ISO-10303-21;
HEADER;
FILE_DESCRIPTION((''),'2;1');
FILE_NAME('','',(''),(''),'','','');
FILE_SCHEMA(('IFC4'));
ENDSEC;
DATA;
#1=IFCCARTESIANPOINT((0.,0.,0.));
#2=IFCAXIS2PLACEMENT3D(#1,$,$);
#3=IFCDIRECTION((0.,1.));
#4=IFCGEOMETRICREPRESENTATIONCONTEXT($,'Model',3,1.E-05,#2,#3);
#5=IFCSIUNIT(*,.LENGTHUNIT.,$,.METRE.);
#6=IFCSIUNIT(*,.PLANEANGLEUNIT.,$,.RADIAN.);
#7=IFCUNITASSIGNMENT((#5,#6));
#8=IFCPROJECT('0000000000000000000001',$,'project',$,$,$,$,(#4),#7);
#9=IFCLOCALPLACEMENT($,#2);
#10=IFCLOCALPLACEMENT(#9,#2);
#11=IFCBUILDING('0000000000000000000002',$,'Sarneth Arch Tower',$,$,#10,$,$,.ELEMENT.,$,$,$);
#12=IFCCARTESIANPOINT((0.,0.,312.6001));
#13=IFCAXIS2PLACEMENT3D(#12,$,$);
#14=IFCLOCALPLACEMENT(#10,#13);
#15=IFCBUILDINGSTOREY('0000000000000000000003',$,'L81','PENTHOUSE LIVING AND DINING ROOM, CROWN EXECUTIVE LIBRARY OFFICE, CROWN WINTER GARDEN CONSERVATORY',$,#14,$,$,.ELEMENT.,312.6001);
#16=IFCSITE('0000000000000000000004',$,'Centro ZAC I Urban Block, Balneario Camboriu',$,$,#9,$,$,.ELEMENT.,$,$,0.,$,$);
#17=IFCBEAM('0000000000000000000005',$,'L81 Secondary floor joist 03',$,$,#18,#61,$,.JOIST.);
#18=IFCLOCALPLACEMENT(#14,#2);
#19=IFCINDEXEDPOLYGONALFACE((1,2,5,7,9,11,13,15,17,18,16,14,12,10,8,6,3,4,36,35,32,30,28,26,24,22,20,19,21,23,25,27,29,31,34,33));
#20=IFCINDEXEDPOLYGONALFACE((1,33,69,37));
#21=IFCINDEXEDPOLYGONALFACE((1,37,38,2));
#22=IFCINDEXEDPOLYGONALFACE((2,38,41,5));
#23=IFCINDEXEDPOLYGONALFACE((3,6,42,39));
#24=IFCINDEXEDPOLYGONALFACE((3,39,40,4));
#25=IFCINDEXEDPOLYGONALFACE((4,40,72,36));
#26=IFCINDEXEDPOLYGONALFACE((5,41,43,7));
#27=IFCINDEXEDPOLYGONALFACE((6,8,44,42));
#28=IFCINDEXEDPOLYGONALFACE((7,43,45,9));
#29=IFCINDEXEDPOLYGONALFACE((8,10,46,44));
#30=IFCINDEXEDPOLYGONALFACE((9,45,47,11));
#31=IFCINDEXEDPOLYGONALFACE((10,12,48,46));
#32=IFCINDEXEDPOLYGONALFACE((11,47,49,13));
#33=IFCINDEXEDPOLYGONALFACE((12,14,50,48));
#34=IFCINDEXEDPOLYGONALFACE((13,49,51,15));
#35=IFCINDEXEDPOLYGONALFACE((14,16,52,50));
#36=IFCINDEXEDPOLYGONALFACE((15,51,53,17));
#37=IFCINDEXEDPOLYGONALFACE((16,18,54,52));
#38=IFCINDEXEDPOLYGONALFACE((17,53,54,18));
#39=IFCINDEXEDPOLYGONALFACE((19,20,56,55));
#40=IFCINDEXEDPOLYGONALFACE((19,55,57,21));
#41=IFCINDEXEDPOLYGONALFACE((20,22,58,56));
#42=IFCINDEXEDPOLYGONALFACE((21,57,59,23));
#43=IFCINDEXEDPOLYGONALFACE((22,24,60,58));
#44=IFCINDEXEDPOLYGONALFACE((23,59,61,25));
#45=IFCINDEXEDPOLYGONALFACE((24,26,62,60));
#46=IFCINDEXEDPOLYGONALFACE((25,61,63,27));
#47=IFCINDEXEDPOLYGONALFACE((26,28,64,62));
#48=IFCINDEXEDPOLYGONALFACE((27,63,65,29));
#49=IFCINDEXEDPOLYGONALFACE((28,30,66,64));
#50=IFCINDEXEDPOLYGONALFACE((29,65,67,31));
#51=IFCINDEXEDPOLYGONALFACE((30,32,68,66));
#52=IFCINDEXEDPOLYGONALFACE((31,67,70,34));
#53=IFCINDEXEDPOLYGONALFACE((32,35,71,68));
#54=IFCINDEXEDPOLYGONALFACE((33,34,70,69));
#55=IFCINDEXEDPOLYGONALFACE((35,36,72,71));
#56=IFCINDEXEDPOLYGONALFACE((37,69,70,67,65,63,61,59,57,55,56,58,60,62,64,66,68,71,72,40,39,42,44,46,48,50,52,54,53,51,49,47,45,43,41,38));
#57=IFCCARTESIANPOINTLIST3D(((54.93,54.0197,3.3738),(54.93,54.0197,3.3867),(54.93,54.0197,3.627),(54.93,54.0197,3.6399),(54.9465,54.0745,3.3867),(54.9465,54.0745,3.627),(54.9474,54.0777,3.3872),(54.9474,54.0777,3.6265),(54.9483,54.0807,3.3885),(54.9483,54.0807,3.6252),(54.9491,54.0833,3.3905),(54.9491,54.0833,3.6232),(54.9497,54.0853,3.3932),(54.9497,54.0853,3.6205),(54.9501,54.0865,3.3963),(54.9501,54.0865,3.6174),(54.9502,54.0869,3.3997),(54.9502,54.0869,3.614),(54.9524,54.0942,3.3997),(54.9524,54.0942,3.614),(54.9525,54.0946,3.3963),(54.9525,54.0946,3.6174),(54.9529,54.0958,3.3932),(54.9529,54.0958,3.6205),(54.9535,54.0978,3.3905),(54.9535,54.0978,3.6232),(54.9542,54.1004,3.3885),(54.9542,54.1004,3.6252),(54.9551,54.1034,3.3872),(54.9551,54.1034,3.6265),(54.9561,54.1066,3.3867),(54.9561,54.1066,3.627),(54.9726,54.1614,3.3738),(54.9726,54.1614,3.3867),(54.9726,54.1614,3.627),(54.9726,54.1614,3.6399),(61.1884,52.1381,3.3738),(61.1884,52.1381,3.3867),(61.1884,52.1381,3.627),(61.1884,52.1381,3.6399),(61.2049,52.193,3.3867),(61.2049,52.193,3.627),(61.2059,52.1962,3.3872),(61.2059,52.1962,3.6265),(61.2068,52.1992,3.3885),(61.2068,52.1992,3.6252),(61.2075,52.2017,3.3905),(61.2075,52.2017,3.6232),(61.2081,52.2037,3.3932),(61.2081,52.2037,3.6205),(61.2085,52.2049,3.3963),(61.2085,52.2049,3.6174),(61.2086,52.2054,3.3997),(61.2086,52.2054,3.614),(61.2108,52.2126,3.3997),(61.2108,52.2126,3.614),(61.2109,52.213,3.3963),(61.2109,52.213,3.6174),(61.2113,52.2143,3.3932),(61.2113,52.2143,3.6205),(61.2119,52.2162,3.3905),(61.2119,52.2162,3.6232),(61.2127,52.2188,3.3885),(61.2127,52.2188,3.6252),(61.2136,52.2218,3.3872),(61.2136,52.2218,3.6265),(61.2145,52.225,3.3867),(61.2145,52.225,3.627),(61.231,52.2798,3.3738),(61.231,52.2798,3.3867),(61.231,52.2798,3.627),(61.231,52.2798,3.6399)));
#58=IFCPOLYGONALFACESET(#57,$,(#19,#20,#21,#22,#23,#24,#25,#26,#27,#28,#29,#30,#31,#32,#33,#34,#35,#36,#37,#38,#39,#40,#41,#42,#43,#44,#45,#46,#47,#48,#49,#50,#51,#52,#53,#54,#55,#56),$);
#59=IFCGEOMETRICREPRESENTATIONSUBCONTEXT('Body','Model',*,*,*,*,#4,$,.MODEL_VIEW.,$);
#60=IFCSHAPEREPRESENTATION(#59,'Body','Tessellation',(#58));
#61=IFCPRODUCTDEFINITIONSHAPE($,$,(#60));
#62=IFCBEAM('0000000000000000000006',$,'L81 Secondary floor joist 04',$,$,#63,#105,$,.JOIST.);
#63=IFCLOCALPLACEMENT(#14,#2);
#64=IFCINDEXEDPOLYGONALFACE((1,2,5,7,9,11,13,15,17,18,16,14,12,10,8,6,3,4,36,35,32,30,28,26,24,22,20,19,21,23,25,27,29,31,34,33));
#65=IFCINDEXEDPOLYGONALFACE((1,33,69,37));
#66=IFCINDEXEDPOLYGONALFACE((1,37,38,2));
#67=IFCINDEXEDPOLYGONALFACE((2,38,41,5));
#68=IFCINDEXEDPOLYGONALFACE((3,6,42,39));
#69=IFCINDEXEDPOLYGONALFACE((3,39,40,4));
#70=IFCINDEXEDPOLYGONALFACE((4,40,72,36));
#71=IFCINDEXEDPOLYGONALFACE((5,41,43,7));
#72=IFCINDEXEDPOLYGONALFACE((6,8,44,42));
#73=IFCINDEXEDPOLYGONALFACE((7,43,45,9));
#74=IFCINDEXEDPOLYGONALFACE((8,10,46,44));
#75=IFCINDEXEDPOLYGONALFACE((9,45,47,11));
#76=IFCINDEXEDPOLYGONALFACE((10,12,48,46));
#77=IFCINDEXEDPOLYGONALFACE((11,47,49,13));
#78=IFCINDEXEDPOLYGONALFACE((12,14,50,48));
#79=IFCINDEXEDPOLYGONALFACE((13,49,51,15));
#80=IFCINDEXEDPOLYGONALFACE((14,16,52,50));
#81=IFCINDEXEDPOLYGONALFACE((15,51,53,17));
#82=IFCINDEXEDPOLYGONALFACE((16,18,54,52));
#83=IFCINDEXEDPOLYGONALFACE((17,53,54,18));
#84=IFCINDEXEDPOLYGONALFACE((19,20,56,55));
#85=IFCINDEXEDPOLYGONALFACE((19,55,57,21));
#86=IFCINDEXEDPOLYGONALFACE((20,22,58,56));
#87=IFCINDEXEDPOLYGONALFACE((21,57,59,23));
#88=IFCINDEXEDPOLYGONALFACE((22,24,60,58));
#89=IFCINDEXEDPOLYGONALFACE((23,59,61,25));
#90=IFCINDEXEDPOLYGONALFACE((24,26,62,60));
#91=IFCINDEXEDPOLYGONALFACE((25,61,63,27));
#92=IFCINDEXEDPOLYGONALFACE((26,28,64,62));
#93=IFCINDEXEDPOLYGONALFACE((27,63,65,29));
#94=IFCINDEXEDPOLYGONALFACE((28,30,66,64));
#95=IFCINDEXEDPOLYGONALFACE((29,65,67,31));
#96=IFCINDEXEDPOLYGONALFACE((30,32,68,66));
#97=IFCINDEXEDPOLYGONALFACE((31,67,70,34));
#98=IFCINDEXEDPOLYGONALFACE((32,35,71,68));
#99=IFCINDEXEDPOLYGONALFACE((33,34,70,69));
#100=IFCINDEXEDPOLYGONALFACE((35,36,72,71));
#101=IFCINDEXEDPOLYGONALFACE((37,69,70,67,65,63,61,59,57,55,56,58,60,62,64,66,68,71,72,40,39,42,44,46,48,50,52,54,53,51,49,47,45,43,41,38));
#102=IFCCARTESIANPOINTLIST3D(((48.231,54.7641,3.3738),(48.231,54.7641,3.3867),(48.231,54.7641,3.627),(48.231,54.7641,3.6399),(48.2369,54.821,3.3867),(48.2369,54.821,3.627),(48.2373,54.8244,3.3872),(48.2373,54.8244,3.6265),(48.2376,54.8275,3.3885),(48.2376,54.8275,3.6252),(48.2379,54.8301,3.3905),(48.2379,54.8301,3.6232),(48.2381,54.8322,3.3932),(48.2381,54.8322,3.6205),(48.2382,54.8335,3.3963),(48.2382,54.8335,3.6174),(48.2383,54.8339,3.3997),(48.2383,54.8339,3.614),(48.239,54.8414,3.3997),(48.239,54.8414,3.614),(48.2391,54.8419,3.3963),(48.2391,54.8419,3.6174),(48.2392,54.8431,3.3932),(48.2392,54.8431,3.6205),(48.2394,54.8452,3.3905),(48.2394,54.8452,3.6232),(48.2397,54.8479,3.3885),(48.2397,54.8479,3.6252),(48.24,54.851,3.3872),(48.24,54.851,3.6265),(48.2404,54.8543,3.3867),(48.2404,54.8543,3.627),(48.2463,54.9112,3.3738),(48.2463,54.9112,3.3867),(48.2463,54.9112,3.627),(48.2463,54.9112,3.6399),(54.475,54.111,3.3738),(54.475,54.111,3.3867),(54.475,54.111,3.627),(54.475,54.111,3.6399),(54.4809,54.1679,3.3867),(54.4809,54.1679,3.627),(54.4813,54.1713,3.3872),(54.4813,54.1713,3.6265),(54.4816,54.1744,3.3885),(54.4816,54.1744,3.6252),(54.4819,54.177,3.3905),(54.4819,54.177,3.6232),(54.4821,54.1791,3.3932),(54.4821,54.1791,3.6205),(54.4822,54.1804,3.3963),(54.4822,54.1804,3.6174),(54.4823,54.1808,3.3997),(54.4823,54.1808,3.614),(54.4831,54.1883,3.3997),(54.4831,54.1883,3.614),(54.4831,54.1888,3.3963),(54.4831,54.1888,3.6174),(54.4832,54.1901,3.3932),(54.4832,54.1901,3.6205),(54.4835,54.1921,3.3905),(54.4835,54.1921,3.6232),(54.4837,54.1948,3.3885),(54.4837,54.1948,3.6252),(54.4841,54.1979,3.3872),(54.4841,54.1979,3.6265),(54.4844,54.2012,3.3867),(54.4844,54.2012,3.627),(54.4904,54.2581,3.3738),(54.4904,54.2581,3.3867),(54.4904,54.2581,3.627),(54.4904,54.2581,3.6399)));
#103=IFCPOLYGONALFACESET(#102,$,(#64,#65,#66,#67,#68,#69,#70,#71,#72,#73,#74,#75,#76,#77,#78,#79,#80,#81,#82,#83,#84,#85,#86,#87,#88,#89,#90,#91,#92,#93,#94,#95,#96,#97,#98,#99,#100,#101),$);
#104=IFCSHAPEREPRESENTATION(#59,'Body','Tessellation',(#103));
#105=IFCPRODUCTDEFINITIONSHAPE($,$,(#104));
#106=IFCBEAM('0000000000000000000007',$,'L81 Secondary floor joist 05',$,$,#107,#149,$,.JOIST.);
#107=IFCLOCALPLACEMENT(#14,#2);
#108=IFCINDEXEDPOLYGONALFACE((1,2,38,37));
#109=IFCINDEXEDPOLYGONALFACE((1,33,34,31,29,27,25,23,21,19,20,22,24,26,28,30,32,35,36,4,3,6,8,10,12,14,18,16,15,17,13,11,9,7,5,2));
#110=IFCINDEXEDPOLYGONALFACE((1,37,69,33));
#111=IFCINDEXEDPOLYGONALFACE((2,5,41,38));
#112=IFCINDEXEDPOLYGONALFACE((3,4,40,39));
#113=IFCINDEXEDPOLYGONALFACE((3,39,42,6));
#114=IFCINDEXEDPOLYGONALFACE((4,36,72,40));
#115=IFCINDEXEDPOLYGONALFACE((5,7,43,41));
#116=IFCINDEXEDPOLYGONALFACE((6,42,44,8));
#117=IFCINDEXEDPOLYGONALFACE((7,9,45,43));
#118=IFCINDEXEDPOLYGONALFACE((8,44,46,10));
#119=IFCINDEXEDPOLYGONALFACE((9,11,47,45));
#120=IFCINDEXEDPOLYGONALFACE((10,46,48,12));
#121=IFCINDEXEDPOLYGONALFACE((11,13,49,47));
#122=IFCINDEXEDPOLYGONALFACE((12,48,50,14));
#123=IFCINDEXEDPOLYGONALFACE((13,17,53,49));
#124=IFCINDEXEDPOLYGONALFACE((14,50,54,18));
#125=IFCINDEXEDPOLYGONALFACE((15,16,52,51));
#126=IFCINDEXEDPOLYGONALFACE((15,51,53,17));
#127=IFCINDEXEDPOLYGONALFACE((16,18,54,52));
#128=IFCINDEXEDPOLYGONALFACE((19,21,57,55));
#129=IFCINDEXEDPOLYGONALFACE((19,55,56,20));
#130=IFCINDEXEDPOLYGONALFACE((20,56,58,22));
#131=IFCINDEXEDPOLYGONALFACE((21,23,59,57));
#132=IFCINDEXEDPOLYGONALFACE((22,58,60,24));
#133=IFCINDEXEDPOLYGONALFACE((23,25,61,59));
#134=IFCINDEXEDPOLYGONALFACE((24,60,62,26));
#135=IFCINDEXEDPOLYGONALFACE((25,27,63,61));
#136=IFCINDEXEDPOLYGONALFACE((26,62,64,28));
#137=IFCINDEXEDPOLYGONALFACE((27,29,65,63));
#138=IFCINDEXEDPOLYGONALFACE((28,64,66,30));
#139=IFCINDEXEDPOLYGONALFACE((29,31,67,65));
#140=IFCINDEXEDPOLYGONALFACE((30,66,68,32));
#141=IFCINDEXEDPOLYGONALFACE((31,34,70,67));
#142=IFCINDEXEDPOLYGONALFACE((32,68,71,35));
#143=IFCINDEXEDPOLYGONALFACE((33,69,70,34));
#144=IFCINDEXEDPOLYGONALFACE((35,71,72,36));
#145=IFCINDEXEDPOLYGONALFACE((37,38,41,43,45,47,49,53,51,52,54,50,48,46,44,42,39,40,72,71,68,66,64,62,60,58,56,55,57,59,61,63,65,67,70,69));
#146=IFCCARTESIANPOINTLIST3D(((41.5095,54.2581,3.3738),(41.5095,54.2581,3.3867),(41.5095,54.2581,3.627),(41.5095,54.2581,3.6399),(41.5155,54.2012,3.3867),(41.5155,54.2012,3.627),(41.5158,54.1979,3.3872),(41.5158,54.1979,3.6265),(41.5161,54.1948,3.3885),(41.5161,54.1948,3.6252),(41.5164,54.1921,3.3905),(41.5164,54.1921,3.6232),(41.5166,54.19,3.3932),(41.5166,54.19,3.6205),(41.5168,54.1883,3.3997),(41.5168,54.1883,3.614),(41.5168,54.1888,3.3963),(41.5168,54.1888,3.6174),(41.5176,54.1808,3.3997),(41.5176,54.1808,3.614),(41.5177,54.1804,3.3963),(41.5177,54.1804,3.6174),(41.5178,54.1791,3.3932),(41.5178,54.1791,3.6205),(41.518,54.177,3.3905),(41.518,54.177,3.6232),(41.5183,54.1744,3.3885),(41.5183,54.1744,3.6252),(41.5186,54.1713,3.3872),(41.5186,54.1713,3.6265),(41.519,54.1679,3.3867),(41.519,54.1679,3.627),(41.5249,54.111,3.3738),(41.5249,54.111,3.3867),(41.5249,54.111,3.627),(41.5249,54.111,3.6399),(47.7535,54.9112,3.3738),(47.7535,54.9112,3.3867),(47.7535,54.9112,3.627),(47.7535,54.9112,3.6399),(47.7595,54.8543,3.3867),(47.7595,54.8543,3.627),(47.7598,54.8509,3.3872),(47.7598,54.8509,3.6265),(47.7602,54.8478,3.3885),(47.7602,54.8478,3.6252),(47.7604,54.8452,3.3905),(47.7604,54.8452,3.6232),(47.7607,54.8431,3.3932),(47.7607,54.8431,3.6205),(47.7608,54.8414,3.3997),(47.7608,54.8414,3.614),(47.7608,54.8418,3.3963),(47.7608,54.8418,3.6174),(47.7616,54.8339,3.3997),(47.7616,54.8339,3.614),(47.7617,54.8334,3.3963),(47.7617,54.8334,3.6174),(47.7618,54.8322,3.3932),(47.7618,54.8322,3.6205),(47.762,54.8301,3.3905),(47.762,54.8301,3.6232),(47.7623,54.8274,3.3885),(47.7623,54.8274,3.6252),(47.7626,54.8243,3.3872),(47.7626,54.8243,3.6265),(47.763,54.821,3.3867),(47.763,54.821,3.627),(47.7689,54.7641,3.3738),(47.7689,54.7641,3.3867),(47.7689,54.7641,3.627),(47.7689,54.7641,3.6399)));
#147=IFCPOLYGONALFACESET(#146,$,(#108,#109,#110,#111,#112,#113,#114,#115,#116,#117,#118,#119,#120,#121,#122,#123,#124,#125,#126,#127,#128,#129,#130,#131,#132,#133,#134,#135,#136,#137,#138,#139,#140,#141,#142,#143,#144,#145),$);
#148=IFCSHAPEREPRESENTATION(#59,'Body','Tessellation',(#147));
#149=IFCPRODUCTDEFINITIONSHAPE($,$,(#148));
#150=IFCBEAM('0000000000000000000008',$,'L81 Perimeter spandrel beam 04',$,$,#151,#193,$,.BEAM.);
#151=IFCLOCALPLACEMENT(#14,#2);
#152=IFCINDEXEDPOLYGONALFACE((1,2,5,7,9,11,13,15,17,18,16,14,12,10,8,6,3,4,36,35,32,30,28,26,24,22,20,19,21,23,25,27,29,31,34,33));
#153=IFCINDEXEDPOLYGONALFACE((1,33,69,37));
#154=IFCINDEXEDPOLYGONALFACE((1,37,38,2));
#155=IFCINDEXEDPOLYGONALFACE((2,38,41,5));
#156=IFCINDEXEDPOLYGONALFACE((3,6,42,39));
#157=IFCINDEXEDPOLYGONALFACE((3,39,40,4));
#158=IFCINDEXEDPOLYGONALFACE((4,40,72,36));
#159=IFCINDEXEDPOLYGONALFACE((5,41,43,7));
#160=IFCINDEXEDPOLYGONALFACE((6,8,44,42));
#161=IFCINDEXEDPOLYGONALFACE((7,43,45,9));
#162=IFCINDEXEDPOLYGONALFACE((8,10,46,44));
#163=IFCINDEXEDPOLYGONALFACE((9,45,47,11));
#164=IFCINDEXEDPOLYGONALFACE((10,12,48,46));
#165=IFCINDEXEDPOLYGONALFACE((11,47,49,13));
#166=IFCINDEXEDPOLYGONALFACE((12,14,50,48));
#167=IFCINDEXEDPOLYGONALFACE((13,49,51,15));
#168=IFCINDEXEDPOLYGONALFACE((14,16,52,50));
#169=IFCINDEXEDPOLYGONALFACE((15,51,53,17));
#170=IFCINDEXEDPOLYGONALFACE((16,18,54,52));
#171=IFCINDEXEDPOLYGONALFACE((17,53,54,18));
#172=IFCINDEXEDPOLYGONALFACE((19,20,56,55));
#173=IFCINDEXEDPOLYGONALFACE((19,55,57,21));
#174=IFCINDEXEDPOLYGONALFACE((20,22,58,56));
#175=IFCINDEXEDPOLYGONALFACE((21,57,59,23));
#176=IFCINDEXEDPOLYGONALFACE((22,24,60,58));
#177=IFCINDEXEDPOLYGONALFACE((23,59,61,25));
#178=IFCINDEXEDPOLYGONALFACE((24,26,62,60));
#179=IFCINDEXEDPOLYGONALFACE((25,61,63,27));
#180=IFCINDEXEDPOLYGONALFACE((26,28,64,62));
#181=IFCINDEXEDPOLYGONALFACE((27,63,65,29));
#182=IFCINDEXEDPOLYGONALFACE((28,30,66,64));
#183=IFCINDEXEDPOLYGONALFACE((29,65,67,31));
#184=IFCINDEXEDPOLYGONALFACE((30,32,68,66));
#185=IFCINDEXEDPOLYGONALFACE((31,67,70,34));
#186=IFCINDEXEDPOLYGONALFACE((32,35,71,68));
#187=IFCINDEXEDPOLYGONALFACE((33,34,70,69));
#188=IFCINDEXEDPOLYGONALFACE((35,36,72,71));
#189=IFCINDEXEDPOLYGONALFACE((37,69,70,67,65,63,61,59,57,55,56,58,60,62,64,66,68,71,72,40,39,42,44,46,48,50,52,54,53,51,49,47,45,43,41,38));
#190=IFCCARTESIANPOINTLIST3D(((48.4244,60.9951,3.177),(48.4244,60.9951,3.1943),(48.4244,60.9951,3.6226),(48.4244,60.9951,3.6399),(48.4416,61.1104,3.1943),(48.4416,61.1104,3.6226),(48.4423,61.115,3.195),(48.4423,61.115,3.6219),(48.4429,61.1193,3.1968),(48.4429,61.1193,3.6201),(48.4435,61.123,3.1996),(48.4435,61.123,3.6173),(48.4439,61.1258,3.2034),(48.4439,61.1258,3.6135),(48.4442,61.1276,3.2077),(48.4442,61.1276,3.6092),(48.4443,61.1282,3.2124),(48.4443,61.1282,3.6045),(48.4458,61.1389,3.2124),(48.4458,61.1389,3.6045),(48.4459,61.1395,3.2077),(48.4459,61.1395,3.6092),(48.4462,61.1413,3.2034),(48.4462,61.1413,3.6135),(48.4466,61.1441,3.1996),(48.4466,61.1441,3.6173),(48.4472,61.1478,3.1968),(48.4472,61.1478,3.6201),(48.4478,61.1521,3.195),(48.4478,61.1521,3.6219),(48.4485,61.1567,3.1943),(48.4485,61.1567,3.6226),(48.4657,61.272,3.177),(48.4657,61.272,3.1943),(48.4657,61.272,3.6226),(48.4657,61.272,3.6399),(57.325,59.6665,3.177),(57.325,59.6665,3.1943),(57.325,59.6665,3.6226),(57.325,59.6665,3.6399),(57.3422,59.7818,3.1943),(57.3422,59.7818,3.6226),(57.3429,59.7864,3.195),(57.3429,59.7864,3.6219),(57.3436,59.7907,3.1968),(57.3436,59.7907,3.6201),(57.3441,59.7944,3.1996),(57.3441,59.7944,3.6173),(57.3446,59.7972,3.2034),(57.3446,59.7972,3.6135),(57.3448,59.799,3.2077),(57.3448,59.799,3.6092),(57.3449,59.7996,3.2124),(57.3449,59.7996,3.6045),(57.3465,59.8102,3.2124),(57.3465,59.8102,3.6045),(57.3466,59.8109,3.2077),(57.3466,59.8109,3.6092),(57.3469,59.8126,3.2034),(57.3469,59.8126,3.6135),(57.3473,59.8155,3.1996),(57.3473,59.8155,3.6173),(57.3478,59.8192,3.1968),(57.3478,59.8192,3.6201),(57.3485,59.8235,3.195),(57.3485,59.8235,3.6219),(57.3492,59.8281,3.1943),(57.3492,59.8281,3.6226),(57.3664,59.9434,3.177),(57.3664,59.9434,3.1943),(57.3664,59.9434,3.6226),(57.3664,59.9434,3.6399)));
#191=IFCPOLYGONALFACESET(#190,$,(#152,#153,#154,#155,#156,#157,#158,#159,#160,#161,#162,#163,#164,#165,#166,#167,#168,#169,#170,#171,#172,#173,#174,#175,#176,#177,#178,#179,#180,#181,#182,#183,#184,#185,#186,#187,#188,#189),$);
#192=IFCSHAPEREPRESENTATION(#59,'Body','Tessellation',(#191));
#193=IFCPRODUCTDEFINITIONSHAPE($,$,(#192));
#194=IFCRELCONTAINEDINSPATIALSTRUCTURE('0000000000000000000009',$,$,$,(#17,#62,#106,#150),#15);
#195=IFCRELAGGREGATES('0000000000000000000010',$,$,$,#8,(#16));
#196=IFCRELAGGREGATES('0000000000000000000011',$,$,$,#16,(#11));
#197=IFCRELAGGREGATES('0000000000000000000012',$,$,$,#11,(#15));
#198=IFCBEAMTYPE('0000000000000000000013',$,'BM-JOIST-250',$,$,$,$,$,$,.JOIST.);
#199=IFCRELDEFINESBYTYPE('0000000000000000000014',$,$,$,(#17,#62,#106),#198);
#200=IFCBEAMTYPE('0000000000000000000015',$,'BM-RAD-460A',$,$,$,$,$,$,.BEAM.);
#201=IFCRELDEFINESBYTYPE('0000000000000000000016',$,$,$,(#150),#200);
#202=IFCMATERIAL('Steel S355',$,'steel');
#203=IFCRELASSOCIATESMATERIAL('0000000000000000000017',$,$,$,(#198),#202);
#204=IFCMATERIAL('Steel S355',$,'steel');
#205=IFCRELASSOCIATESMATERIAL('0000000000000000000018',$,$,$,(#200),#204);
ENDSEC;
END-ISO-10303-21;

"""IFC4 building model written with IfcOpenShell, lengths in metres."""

from ifc_helpers import new_model, si_unit, direction, frame, origin, origin_2d, place, context, subcontext, project, spatial, i_section, extrude, material, material_profile, profile_set, type_object, element, save


model = new_model("IFC4")

# Units and contexts
model_context = context("Model", 3, precision=1e-05, world=origin(), true_north=direction((0.0, 1.0)))
body_context = subcontext(model_context, "Body", "Model", "MODEL_VIEW")
ifc_project = project(units=[si_unit("LENGTHUNIT", "METRE"), si_unit("PLANEANGLEUNIT", "RADIAN")], contexts=[model_context])

# Site, building, storey
site_placement = place(None, origin())
site = spatial("IfcSite", under=ifc_project, at=site_placement, Name="Centro ZAC I Urban Block, Balneario Camboriu", CompositionType="ELEMENT", RefElevation=0.0)
building_placement = place(site_placement, origin())
building = spatial("IfcBuilding", under=site, at=building_placement, Name="Sarneth Arch Tower", CompositionType="ELEMENT")
storey_placement = place(building_placement, frame((0.0, 0.0, 312.6001)))
storey = spatial("IfcBuildingStorey", under=building, at=storey_placement, Name="L81", Description="PENTHOUSE LIVING AND DINING ROOM, CROWN EXECUTIVE LIBRARY OFFICE, CROWN WINTER GARDEN CONSERVATORY", CompositionType="ELEMENT", Elevation=312.6001)

# Beams
ifc_material_1 = material(Name="Steel S355", Category="steel")
ifc_material_profile_1 = material_profile(ifc_material_1, i_section(OverallWidth=0.1479, OverallDepth=0.2661, WebThickness=0.0076, FlangeThickness=0.0129, FilletRadius=0.0129, at=origin_2d()), Name="W250x44.8")
ifc_profile_set_1 = profile_set([ifc_material_profile_1], Name="Steel S355")
beam_type_1 = type_object("IfcBeamType", Name="BM-JOIST-250", PredefinedType="JOIST", material=ifc_profile_set_1)
beam_1_placement = place(storey_placement, frame((61.2097, 52.209, 3.5068), z_axis=(-0.957656, 0.287913, 0.0), x_axis=(-0.287913, -0.957656, 0.0)))
element("IfcBeam", 1, at=beam_1_placement, inside=storey, type_object=beam_type_1, Name="L81 Secondary floor joist 03", PredefinedType="JOIST", context=body_context, shape_type="SweptSolid", body=[
    extrude(i_section(OverallWidth=0.1479, OverallDepth=0.2661, WebThickness=0.0076, FlangeThickness=0.0129, FilletRadius=0.0129, at=origin_2d()), origin(), (0.0, 0.0, 1.0), 6.5352),
])
for number, where, z_axis, x_axis, name in (
    (2, (54.4827, 54.1846, 3.5068), (-0.994574, 0.104027, 0.0), (-0.104027, -0.994574, 0.0), "L81 Secondary floor joist 04"),
    (3, (47.7612, 54.8376, 3.5068), (-0.994574, -0.104027, 0.0), (0.104027, -0.994574, 0.0), "L81 Secondary floor joist 05"),
):
    element("IfcBeam", number, at=place(storey_placement, frame(where, z_axis=z_axis, x_axis=x_axis)), inside=storey, type_object=beam_type_1, Name=name, PredefinedType="JOIST", context=body_context, shape_type="SweptSolid", body=[
        extrude(i_section(OverallWidth=0.1479, OverallDepth=0.2661, WebThickness=0.0076, FlangeThickness=0.0129, FilletRadius=0.0129, at=origin_2d()), origin(), (0.0, 0.0, 1.0), 6.2781),
    ])
ifc_material_2 = material(Name="Steel S355", Category="steel")
ifc_material_profile_2 = material_profile(ifc_material_2, i_section(OverallWidth=0.28, OverallDepth=0.4629, WebThickness=0.0107, FlangeThickness=0.0173, FilletRadius=0.0181, at=origin_2d()), Name="W460x113")
ifc_profile_set_2 = profile_set([ifc_material_profile_2], Name="Steel S355")
beam_type_2 = type_object("IfcBeamType", Name="BM-RAD-460A", PredefinedType="BEAM", material=ifc_profile_set_2)
beam_2_placement = place(storey_placement, frame((57.3457, 59.8049, 3.4084), z_axis=(-0.989042, 0.147636, 0.0), x_axis=(-0.147636, -0.989042, 0.0)))
element("IfcBeam", 4, at=beam_2_placement, inside=storey, type_object=beam_type_2, Name="L81 Perimeter spandrel beam 04", PredefinedType="BEAM", context=body_context, shape_type="SweptSolid", body=[
    extrude(i_section(OverallWidth=0.28, OverallDepth=0.4629, WebThickness=0.0107, FlangeThickness=0.0173, FilletRadius=0.0181, at=origin_2d()), origin(), (0.0, 0.0, 1.0), 8.9993),
])

save(model, "model.ifc")
